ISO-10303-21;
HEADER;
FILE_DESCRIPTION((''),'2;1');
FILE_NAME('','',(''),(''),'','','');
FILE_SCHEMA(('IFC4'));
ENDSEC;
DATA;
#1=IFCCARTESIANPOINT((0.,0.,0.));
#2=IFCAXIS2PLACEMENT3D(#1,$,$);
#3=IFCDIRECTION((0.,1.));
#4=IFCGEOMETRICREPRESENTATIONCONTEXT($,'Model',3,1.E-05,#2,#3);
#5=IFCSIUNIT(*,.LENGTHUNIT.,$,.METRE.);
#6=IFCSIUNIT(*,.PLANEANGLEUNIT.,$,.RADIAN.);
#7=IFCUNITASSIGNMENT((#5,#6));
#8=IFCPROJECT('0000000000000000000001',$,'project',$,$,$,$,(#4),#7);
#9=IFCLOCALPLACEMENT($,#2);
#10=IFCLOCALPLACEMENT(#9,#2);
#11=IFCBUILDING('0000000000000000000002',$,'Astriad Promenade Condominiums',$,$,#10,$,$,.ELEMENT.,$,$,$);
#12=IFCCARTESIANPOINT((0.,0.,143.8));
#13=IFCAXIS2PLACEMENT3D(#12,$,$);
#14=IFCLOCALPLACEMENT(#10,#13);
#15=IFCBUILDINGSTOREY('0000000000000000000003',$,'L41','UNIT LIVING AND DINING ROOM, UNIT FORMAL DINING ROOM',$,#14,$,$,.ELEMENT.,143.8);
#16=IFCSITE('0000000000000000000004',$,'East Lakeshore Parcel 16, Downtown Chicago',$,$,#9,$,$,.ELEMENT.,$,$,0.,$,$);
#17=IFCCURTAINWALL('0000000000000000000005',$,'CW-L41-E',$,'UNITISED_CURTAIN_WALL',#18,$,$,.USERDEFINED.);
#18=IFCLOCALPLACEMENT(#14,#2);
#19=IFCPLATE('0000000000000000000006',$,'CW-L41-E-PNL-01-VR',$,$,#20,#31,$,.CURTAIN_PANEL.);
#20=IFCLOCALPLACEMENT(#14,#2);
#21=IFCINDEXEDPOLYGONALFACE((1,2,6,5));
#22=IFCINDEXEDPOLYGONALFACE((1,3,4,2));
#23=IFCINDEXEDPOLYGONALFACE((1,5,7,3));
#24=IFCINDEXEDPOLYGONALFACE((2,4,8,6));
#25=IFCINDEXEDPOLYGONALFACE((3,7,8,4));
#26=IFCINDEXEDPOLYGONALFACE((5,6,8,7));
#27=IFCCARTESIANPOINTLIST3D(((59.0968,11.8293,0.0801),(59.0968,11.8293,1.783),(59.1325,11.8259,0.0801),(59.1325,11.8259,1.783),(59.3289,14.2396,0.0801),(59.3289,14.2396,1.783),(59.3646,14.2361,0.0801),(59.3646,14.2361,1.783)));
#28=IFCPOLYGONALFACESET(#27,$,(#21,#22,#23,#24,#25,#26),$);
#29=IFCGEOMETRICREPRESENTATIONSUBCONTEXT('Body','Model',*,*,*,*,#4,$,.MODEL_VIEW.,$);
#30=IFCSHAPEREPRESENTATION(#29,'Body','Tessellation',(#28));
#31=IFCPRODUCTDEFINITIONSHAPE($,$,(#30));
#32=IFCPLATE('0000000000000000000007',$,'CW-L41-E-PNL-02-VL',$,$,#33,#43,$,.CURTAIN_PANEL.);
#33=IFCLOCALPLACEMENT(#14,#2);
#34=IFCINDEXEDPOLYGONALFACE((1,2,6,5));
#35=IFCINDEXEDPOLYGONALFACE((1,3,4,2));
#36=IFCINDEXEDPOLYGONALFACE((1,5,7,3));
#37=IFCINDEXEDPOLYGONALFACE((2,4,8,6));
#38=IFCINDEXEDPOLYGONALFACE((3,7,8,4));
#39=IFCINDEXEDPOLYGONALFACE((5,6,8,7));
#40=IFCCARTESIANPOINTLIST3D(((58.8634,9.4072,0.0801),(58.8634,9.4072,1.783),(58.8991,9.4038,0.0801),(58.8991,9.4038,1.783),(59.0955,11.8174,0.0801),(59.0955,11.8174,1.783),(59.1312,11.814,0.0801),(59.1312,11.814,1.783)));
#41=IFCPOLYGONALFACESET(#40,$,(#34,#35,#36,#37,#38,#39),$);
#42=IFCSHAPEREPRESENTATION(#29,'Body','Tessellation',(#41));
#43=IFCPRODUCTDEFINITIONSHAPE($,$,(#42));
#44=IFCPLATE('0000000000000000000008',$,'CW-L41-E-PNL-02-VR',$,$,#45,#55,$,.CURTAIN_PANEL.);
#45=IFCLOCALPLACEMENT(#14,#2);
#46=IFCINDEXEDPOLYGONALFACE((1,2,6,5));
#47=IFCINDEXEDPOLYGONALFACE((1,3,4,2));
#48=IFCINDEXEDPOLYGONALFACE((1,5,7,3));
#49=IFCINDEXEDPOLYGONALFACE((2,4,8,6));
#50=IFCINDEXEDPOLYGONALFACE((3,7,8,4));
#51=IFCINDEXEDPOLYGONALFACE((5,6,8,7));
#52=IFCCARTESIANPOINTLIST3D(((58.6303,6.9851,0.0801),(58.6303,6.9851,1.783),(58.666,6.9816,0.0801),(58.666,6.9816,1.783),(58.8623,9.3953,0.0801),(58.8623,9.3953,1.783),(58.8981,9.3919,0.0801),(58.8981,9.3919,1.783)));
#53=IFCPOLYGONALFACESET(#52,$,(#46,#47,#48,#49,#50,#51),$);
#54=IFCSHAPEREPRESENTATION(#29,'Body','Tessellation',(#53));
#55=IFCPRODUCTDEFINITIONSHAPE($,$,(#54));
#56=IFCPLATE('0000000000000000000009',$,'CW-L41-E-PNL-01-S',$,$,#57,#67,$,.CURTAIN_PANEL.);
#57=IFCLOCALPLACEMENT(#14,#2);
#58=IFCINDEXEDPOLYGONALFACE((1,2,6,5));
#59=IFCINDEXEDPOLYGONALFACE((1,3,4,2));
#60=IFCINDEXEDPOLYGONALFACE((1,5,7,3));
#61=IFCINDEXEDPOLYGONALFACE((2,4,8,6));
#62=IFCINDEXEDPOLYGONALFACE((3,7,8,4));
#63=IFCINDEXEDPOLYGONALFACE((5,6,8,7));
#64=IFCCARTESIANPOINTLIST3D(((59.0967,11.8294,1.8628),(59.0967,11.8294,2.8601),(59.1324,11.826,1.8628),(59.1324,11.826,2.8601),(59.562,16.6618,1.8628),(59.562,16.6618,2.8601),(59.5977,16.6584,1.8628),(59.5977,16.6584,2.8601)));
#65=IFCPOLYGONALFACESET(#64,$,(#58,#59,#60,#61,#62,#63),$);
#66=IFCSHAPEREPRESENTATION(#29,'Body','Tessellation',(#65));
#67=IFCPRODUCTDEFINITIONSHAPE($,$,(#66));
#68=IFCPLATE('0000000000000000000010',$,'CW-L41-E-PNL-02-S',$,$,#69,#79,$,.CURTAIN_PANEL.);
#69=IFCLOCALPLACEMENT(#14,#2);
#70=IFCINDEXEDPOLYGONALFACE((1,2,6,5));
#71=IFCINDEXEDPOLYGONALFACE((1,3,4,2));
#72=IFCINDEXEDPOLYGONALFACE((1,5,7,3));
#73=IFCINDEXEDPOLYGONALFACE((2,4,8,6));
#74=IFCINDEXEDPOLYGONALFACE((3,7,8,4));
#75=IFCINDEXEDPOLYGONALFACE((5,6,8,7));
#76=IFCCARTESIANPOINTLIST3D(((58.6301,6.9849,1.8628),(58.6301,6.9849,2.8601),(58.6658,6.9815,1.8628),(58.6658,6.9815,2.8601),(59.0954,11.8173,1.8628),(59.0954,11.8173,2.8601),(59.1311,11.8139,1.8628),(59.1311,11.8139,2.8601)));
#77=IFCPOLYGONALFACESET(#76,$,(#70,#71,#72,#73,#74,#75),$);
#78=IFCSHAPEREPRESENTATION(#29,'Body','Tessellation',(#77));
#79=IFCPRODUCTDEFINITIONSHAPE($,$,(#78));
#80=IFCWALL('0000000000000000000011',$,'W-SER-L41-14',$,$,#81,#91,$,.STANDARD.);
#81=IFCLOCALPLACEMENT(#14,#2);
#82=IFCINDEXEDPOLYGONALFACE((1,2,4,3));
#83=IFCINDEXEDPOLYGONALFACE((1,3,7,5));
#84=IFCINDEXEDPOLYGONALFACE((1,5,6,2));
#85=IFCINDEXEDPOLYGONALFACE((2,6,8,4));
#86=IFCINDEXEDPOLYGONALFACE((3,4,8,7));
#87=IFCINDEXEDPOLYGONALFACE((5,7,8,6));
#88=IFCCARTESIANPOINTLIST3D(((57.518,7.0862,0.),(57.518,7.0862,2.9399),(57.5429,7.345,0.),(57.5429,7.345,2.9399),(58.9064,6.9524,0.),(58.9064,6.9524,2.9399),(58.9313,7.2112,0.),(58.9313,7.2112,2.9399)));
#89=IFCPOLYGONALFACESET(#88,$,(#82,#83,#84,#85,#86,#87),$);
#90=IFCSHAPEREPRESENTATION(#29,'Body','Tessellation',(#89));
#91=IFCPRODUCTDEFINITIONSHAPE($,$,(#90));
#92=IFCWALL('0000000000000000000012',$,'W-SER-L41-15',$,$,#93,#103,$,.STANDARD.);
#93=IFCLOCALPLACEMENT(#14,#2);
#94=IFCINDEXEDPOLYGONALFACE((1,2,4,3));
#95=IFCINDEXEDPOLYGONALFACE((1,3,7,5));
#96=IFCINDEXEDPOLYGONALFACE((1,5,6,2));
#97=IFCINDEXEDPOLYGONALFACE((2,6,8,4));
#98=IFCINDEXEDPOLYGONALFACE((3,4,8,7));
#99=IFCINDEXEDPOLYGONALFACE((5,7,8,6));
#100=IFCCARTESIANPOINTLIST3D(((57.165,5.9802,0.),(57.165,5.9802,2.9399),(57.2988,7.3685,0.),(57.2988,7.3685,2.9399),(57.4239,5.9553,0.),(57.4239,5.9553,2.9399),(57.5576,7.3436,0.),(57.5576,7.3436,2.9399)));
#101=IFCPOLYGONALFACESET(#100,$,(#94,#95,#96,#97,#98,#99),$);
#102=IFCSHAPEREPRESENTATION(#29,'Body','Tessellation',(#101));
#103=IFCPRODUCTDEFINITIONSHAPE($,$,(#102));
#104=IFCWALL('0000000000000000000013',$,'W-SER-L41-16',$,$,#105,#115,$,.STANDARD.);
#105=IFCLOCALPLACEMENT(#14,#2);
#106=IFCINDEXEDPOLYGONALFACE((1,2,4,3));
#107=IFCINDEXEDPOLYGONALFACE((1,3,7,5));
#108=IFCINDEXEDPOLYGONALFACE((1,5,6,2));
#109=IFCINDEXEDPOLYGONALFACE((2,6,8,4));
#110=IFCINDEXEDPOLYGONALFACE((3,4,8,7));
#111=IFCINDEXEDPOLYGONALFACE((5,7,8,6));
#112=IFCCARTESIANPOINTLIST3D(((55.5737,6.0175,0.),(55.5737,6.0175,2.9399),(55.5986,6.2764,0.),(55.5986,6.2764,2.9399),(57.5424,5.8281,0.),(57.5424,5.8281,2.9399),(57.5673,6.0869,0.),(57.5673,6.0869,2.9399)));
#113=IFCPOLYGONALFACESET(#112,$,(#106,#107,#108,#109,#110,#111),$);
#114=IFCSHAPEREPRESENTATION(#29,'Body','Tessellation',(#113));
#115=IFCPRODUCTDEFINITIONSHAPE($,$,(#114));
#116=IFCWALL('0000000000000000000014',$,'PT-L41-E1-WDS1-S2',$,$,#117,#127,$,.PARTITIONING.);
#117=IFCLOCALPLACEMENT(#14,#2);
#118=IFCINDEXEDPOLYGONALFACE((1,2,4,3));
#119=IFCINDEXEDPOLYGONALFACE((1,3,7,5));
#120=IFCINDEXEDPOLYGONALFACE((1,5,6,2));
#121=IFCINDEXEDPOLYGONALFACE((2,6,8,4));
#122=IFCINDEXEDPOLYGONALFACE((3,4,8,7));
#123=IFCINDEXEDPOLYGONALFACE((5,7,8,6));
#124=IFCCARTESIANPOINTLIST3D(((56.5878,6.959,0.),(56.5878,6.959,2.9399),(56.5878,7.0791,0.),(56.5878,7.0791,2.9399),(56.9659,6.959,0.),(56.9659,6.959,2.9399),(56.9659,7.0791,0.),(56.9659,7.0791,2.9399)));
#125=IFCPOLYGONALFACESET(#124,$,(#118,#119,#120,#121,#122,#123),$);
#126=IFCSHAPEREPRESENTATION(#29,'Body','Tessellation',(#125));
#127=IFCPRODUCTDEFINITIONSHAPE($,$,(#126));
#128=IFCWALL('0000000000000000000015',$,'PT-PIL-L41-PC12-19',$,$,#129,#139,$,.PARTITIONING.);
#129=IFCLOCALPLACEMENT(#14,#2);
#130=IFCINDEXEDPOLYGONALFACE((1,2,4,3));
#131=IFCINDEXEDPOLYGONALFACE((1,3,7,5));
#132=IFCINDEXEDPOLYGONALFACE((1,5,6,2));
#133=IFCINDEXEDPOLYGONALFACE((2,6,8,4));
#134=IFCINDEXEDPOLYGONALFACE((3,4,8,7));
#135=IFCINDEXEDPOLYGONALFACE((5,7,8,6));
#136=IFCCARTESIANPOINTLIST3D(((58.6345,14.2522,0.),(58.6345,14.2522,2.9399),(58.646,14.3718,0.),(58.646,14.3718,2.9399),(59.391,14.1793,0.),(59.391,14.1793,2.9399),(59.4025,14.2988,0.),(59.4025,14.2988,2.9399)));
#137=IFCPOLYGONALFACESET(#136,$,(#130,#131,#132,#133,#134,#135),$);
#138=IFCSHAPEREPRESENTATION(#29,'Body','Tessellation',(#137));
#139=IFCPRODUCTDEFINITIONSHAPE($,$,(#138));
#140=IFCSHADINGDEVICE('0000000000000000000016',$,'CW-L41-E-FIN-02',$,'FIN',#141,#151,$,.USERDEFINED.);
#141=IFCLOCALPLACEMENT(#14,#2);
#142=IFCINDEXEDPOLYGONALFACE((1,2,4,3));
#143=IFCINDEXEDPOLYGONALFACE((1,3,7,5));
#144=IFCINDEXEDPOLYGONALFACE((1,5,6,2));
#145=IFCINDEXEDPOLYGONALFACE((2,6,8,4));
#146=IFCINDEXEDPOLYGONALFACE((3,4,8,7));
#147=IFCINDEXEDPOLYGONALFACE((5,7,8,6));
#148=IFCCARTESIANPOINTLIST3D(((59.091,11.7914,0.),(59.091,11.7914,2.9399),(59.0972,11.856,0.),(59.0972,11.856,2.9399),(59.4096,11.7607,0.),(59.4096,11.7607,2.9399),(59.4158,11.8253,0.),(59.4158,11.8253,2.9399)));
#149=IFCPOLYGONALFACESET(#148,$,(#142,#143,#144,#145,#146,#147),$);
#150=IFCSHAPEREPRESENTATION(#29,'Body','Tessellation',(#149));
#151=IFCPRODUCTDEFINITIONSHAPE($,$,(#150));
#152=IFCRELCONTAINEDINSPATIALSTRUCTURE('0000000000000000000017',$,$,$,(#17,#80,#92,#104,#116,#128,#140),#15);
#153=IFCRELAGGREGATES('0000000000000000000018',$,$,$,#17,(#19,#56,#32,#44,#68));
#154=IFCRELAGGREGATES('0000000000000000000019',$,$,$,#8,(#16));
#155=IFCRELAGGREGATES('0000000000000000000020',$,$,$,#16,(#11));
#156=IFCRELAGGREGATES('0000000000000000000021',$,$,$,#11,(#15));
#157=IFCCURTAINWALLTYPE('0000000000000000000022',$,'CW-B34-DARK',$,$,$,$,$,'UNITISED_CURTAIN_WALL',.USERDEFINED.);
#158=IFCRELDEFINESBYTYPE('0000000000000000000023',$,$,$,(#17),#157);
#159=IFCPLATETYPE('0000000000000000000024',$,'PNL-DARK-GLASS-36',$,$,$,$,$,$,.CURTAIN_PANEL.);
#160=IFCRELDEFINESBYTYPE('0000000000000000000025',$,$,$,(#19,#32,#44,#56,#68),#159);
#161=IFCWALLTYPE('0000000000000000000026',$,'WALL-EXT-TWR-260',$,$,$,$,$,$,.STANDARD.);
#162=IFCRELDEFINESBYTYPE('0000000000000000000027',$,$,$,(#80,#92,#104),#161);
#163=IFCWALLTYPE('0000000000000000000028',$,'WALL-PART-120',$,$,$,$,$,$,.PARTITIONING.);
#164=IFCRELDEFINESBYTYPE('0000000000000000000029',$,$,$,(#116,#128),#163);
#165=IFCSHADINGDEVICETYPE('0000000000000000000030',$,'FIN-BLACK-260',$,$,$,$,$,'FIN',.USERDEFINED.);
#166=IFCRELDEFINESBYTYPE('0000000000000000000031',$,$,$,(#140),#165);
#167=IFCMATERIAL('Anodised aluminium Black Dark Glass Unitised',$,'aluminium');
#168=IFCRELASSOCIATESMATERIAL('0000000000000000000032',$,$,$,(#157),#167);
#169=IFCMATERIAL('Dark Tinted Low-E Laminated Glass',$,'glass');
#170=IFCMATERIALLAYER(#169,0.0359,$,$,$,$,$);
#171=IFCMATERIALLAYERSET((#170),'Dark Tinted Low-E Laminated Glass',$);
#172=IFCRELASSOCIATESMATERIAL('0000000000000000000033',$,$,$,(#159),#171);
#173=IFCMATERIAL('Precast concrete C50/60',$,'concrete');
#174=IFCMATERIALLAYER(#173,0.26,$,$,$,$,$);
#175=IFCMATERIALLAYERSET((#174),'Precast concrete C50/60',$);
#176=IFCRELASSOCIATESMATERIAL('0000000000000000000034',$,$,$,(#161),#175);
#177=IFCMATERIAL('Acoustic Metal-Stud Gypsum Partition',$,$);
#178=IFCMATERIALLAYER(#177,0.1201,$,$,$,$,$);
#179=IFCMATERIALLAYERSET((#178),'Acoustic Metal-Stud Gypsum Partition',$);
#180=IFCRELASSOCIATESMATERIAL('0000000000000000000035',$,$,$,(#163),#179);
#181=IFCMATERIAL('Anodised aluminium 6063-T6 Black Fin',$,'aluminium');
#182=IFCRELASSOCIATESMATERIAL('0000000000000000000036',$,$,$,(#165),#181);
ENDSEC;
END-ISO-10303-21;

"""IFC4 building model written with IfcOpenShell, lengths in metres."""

from ifc_helpers import new_model, si_unit, direction, frame, frame_2d, origin, origin_2d, place, context, subcontext, project, spatial, rectangle, extrude, source, transform, mapped, material, layer, layer_set, type_object, type_shapes, element, aggregate, save


model = new_model("IFC4")

# Units and contexts
model_context = context("Model", 3, precision=1e-05, world=origin(), true_north=direction((0.0, 1.0)))
body_context = subcontext(model_context, "Body", "Model", "MODEL_VIEW")
ifc_project = project(units=[si_unit("LENGTHUNIT", "METRE"), si_unit("PLANEANGLEUNIT", "RADIAN")], contexts=[model_context])

# Site, building, storey
site_placement = place(None, origin())
site = spatial("IfcSite", under=ifc_project, at=site_placement, Name="East Lakeshore Parcel 16, Downtown Chicago", CompositionType="ELEMENT", RefElevation=0.0)
building_placement = place(site_placement, origin())
building = spatial("IfcBuilding", under=site, at=building_placement, Name="Astriad Promenade Condominiums", CompositionType="ELEMENT")
storey_placement = place(building_placement, frame((0.0, 0.0, 143.8)))
storey = spatial("IfcBuildingStorey", under=building, at=storey_placement, Name="L41", Description="UNIT LIVING AND DINING ROOM, UNIT FORMAL DINING ROOM", CompositionType="ELEMENT", Elevation=143.8)

# Curtain wall, plates
ifc_material_1 = material(Name="Anodised aluminium Black Dark Glass Unitised", Category="aluminium")
curtain_wall_type = type_object("IfcCurtainWallType", Name="CW-B34-DARK", ElementType="UNITISED_CURTAIN_WALL", PredefinedType="USERDEFINED", material=ifc_material_1)
curtain_wall_placement = place(storey_placement, origin())
curtain_wall = element("IfcCurtainWall", 1, at=curtain_wall_placement, inside=storey, type_object=curtain_wall_type, Name="CW-L41-E", ObjectType="UNITISED_CURTAIN_WALL", PredefinedType="USERDEFINED")
ifc_material_2 = material(Name="Dark Tinted Low-E Laminated Glass", Category="glass")
ifc_layer_1 = layer(ifc_material_2, 0.0359)
ifc_layer_set_1 = layer_set([ifc_layer_1], Name="Dark Tinted Low-E Laminated Glass")
plate_type = type_object("IfcPlateType", Name="PNL-DARK-GLASS-36", PredefinedType="CURTAIN_PANEL", material=ifc_layer_set_1)
shared_shape_1 = source(origin(), body_context, "Body", "SweptSolid", [
    extrude(rectangle(XDim=2.4214, YDim=0.0359, at=origin_2d()), origin(), (0.0, 0.0, 1.0), 1.7029),
])
plate_1_placement = place(storey_placement, frame((59.2307, 13.0327, 0.0801), z_axis=(0.0, 0.0, 1.0), x_axis=(-0.095846, -0.995396, 0.0)))
plate_1 = element("IfcPlate", 2, at=plate_1_placement, type_object=plate_type, Name="CW-L41-E-PNL-01-VR", PredefinedType="CURTAIN_PANEL", context=body_context, shape_type="MappedRepresentation", body=[
    mapped(shared_shape_1, transform((0.0, 0.0, 0.0), scale=1.0)),
])
plate_2_placement = place(storey_placement, frame((58.9973, 10.6106, 0.0801), z_axis=(0.0, 0.0, 1.0), x_axis=(-0.095846, -0.995396, 0.0)))
plate_2 = element("IfcPlate", 3, at=plate_2_placement, type_object=plate_type, Name="CW-L41-E-PNL-02-VL", PredefinedType="CURTAIN_PANEL", context=body_context, shape_type="MappedRepresentation", body=[
    mapped(shared_shape_1, transform((0.0, 0.0, 0.0), scale=1.0)),
])
plate_3_placement = place(storey_placement, frame((58.7642, 8.1885, 0.0801), z_axis=(0.0, 0.0, 1.0), x_axis=(-0.095846, -0.995396, 0.0)))
plate_3 = element("IfcPlate", 4, at=plate_3_placement, type_object=plate_type, Name="CW-L41-E-PNL-02-VR", PredefinedType="CURTAIN_PANEL", context=body_context, shape_type="MappedRepresentation", body=[
    mapped(shared_shape_1, transform((0.0, 0.0, 0.0), scale=1.0)),
])
shared_shape_2 = source(origin(), body_context, "Body", "SweptSolid", [
    extrude(rectangle(XDim=4.8547, YDim=0.0359, at=origin_2d()), origin(), (0.0, 0.0, 1.0), 0.9973),
])
type_shapes(plate_type, [shared_shape_1, shared_shape_2])
plate_4_placement = place(storey_placement, frame((59.3472, 14.2439, 1.8628), z_axis=(0.0, 0.0, 1.0), x_axis=(-0.095846, -0.995396, 0.0)))
plate_4 = element("IfcPlate", 5, at=plate_4_placement, type_object=plate_type, Name="CW-L41-E-PNL-01-S", PredefinedType="CURTAIN_PANEL", context=body_context, shape_type="MappedRepresentation", body=[
    mapped(shared_shape_2, transform((0.0, 0.0, 0.0), scale=1.0)),
])
plate_5_placement = place(storey_placement, frame((58.8806, 9.3994, 1.8628), z_axis=(0.0, 0.0, 1.0), x_axis=(-0.095846, -0.995396, 0.0)))
plate_5 = element("IfcPlate", 6, at=plate_5_placement, type_object=plate_type, Name="CW-L41-E-PNL-02-S", PredefinedType="CURTAIN_PANEL", context=body_context, shape_type="MappedRepresentation", body=[
    mapped(shared_shape_2, transform((0.0, 0.0, 0.0), scale=1.0)),
])
aggregate(curtain_wall, [plate_1, plate_4, plate_2, plate_3, plate_5])

# Walls
ifc_material_3 = material(Name="Precast concrete C50/60", Category="concrete")
ifc_layer_2 = layer(ifc_material_3, 0.26)
ifc_layer_set_2 = layer_set([ifc_layer_2], Name="Precast concrete C50/60")
wall_type_1 = type_object("IfcWallType", Name="WALL-EXT-TWR-260", PredefinedType="STANDARD", material=ifc_layer_set_2)
for number, where, z_axis, x_axis, name in (
    (7, (58.9187, 7.0818, 0.0), (0.0, 0.0, 1.0), (-0.995389, 0.095916, 0.0), "W-SER-L41-14"),
    (8, (57.4282, 7.356, 0.0), (0.0, 0.0, 1.0), (-0.095916, -0.995389, 0.0), "W-SER-L41-15"),
):
    element("IfcWall", number, at=place(storey_placement, frame(where, z_axis=z_axis, x_axis=x_axis)), inside=storey, type_object=wall_type_1, Name=name, PredefinedType="STANDARD", context=body_context, shape_type="SweptSolid", body=[
        extrude(rectangle(XDim=1.3948, YDim=0.26, at=frame_2d((0.6973, 0.0))), origin(), (0.0, 0.0, 1.0), 2.9399),
    ])
wall_1_placement = place(storey_placement, frame((57.5547, 5.9575, 0.0), z_axis=(0.0, 0.0, 1.0), x_axis=(-0.995402, 0.095788, 0.0)))
element("IfcWall", 9, at=wall_1_placement, inside=storey, type_object=wall_type_1, Name="W-SER-L41-16", PredefinedType="STANDARD", context=body_context, shape_type="SweptSolid", body=[
    extrude(rectangle(XDim=1.9778, YDim=0.26, at=frame_2d((0.9888, 0.0))), origin(), (0.0, 0.0, 1.0), 2.9399),
])
ifc_material_4 = material(Name="Acoustic Metal-Stud Gypsum Partition")
ifc_layer_3 = layer(ifc_material_4, 0.1201)
ifc_layer_set_3 = layer_set([ifc_layer_3], Name="Acoustic Metal-Stud Gypsum Partition")
wall_type_2 = type_object("IfcWallType", Name="WALL-PART-120", PredefinedType="PARTITIONING", material=ifc_layer_set_3)
wall_2_placement = place(storey_placement, frame((56.5879, 7.019, 0.0), z_axis=(0.0, 0.0, 1.0), x_axis=(1.0, 0.0, 0.0)))
element("IfcWall", 10, at=wall_2_placement, inside=storey, type_object=wall_type_2, Name="PT-L41-E1-WDS1-S2", PredefinedType="PARTITIONING", context=body_context, shape_type="SweptSolid", body=[
    extrude(rectangle(XDim=0.3782, YDim=0.1201, at=frame_2d((0.189, 0.0))), origin(), (0.0, 0.0, 1.0), 2.9399),
])
wall_3_placement = place(storey_placement, frame((58.6404, 14.312, 0.0), z_axis=(0.0, 0.0, 1.0), x_axis=(0.995378, -0.096037, 0.0)))
element("IfcWall", 11, at=wall_3_placement, inside=storey, type_object=wall_type_2, Name="PT-PIL-L41-PC12-19", PredefinedType="PARTITIONING", context=body_context, shape_type="SweptSolid", body=[
    extrude(rectangle(XDim=0.76, YDim=0.1201, at=frame_2d((0.3799, 0.0))), origin(), (0.0, 0.0, 1.0), 2.9399),
])

# Shading device
ifc_material_5 = material(Name="Anodised aluminium 6063-T6 Black Fin", Category="aluminium")
shading_device_type = type_object("IfcShadingDeviceType", Name="FIN-BLACK-260", ElementType="FIN", PredefinedType="USERDEFINED", material=ifc_material_5)
shared_shape_3 = source(origin(), body_context, "Body", "SweptSolid", [
    extrude(rectangle(XDim=0.0649, YDim=0.3201, at=origin_2d()), origin(), (0.0, 0.0, 1.0), 2.9399),
])
type_shapes(shading_device_type, [shared_shape_3])
shading_device_placement = place(storey_placement, frame((59.2534, 11.8083, 0.0), z_axis=(0.0, 0.0, 1.0), x_axis=(-0.095846, -0.995396, 0.0)))
element("IfcShadingDevice", 12, at=shading_device_placement, inside=storey, type_object=shading_device_type, Name="CW-L41-E-FIN-02", ObjectType="FIN", PredefinedType="USERDEFINED", context=body_context, shape_type="MappedRepresentation", body=[
    mapped(shared_shape_3, transform((0.0, 0.0, 0.0), scale=1.0)),
])

save(model, "model.ifc")
